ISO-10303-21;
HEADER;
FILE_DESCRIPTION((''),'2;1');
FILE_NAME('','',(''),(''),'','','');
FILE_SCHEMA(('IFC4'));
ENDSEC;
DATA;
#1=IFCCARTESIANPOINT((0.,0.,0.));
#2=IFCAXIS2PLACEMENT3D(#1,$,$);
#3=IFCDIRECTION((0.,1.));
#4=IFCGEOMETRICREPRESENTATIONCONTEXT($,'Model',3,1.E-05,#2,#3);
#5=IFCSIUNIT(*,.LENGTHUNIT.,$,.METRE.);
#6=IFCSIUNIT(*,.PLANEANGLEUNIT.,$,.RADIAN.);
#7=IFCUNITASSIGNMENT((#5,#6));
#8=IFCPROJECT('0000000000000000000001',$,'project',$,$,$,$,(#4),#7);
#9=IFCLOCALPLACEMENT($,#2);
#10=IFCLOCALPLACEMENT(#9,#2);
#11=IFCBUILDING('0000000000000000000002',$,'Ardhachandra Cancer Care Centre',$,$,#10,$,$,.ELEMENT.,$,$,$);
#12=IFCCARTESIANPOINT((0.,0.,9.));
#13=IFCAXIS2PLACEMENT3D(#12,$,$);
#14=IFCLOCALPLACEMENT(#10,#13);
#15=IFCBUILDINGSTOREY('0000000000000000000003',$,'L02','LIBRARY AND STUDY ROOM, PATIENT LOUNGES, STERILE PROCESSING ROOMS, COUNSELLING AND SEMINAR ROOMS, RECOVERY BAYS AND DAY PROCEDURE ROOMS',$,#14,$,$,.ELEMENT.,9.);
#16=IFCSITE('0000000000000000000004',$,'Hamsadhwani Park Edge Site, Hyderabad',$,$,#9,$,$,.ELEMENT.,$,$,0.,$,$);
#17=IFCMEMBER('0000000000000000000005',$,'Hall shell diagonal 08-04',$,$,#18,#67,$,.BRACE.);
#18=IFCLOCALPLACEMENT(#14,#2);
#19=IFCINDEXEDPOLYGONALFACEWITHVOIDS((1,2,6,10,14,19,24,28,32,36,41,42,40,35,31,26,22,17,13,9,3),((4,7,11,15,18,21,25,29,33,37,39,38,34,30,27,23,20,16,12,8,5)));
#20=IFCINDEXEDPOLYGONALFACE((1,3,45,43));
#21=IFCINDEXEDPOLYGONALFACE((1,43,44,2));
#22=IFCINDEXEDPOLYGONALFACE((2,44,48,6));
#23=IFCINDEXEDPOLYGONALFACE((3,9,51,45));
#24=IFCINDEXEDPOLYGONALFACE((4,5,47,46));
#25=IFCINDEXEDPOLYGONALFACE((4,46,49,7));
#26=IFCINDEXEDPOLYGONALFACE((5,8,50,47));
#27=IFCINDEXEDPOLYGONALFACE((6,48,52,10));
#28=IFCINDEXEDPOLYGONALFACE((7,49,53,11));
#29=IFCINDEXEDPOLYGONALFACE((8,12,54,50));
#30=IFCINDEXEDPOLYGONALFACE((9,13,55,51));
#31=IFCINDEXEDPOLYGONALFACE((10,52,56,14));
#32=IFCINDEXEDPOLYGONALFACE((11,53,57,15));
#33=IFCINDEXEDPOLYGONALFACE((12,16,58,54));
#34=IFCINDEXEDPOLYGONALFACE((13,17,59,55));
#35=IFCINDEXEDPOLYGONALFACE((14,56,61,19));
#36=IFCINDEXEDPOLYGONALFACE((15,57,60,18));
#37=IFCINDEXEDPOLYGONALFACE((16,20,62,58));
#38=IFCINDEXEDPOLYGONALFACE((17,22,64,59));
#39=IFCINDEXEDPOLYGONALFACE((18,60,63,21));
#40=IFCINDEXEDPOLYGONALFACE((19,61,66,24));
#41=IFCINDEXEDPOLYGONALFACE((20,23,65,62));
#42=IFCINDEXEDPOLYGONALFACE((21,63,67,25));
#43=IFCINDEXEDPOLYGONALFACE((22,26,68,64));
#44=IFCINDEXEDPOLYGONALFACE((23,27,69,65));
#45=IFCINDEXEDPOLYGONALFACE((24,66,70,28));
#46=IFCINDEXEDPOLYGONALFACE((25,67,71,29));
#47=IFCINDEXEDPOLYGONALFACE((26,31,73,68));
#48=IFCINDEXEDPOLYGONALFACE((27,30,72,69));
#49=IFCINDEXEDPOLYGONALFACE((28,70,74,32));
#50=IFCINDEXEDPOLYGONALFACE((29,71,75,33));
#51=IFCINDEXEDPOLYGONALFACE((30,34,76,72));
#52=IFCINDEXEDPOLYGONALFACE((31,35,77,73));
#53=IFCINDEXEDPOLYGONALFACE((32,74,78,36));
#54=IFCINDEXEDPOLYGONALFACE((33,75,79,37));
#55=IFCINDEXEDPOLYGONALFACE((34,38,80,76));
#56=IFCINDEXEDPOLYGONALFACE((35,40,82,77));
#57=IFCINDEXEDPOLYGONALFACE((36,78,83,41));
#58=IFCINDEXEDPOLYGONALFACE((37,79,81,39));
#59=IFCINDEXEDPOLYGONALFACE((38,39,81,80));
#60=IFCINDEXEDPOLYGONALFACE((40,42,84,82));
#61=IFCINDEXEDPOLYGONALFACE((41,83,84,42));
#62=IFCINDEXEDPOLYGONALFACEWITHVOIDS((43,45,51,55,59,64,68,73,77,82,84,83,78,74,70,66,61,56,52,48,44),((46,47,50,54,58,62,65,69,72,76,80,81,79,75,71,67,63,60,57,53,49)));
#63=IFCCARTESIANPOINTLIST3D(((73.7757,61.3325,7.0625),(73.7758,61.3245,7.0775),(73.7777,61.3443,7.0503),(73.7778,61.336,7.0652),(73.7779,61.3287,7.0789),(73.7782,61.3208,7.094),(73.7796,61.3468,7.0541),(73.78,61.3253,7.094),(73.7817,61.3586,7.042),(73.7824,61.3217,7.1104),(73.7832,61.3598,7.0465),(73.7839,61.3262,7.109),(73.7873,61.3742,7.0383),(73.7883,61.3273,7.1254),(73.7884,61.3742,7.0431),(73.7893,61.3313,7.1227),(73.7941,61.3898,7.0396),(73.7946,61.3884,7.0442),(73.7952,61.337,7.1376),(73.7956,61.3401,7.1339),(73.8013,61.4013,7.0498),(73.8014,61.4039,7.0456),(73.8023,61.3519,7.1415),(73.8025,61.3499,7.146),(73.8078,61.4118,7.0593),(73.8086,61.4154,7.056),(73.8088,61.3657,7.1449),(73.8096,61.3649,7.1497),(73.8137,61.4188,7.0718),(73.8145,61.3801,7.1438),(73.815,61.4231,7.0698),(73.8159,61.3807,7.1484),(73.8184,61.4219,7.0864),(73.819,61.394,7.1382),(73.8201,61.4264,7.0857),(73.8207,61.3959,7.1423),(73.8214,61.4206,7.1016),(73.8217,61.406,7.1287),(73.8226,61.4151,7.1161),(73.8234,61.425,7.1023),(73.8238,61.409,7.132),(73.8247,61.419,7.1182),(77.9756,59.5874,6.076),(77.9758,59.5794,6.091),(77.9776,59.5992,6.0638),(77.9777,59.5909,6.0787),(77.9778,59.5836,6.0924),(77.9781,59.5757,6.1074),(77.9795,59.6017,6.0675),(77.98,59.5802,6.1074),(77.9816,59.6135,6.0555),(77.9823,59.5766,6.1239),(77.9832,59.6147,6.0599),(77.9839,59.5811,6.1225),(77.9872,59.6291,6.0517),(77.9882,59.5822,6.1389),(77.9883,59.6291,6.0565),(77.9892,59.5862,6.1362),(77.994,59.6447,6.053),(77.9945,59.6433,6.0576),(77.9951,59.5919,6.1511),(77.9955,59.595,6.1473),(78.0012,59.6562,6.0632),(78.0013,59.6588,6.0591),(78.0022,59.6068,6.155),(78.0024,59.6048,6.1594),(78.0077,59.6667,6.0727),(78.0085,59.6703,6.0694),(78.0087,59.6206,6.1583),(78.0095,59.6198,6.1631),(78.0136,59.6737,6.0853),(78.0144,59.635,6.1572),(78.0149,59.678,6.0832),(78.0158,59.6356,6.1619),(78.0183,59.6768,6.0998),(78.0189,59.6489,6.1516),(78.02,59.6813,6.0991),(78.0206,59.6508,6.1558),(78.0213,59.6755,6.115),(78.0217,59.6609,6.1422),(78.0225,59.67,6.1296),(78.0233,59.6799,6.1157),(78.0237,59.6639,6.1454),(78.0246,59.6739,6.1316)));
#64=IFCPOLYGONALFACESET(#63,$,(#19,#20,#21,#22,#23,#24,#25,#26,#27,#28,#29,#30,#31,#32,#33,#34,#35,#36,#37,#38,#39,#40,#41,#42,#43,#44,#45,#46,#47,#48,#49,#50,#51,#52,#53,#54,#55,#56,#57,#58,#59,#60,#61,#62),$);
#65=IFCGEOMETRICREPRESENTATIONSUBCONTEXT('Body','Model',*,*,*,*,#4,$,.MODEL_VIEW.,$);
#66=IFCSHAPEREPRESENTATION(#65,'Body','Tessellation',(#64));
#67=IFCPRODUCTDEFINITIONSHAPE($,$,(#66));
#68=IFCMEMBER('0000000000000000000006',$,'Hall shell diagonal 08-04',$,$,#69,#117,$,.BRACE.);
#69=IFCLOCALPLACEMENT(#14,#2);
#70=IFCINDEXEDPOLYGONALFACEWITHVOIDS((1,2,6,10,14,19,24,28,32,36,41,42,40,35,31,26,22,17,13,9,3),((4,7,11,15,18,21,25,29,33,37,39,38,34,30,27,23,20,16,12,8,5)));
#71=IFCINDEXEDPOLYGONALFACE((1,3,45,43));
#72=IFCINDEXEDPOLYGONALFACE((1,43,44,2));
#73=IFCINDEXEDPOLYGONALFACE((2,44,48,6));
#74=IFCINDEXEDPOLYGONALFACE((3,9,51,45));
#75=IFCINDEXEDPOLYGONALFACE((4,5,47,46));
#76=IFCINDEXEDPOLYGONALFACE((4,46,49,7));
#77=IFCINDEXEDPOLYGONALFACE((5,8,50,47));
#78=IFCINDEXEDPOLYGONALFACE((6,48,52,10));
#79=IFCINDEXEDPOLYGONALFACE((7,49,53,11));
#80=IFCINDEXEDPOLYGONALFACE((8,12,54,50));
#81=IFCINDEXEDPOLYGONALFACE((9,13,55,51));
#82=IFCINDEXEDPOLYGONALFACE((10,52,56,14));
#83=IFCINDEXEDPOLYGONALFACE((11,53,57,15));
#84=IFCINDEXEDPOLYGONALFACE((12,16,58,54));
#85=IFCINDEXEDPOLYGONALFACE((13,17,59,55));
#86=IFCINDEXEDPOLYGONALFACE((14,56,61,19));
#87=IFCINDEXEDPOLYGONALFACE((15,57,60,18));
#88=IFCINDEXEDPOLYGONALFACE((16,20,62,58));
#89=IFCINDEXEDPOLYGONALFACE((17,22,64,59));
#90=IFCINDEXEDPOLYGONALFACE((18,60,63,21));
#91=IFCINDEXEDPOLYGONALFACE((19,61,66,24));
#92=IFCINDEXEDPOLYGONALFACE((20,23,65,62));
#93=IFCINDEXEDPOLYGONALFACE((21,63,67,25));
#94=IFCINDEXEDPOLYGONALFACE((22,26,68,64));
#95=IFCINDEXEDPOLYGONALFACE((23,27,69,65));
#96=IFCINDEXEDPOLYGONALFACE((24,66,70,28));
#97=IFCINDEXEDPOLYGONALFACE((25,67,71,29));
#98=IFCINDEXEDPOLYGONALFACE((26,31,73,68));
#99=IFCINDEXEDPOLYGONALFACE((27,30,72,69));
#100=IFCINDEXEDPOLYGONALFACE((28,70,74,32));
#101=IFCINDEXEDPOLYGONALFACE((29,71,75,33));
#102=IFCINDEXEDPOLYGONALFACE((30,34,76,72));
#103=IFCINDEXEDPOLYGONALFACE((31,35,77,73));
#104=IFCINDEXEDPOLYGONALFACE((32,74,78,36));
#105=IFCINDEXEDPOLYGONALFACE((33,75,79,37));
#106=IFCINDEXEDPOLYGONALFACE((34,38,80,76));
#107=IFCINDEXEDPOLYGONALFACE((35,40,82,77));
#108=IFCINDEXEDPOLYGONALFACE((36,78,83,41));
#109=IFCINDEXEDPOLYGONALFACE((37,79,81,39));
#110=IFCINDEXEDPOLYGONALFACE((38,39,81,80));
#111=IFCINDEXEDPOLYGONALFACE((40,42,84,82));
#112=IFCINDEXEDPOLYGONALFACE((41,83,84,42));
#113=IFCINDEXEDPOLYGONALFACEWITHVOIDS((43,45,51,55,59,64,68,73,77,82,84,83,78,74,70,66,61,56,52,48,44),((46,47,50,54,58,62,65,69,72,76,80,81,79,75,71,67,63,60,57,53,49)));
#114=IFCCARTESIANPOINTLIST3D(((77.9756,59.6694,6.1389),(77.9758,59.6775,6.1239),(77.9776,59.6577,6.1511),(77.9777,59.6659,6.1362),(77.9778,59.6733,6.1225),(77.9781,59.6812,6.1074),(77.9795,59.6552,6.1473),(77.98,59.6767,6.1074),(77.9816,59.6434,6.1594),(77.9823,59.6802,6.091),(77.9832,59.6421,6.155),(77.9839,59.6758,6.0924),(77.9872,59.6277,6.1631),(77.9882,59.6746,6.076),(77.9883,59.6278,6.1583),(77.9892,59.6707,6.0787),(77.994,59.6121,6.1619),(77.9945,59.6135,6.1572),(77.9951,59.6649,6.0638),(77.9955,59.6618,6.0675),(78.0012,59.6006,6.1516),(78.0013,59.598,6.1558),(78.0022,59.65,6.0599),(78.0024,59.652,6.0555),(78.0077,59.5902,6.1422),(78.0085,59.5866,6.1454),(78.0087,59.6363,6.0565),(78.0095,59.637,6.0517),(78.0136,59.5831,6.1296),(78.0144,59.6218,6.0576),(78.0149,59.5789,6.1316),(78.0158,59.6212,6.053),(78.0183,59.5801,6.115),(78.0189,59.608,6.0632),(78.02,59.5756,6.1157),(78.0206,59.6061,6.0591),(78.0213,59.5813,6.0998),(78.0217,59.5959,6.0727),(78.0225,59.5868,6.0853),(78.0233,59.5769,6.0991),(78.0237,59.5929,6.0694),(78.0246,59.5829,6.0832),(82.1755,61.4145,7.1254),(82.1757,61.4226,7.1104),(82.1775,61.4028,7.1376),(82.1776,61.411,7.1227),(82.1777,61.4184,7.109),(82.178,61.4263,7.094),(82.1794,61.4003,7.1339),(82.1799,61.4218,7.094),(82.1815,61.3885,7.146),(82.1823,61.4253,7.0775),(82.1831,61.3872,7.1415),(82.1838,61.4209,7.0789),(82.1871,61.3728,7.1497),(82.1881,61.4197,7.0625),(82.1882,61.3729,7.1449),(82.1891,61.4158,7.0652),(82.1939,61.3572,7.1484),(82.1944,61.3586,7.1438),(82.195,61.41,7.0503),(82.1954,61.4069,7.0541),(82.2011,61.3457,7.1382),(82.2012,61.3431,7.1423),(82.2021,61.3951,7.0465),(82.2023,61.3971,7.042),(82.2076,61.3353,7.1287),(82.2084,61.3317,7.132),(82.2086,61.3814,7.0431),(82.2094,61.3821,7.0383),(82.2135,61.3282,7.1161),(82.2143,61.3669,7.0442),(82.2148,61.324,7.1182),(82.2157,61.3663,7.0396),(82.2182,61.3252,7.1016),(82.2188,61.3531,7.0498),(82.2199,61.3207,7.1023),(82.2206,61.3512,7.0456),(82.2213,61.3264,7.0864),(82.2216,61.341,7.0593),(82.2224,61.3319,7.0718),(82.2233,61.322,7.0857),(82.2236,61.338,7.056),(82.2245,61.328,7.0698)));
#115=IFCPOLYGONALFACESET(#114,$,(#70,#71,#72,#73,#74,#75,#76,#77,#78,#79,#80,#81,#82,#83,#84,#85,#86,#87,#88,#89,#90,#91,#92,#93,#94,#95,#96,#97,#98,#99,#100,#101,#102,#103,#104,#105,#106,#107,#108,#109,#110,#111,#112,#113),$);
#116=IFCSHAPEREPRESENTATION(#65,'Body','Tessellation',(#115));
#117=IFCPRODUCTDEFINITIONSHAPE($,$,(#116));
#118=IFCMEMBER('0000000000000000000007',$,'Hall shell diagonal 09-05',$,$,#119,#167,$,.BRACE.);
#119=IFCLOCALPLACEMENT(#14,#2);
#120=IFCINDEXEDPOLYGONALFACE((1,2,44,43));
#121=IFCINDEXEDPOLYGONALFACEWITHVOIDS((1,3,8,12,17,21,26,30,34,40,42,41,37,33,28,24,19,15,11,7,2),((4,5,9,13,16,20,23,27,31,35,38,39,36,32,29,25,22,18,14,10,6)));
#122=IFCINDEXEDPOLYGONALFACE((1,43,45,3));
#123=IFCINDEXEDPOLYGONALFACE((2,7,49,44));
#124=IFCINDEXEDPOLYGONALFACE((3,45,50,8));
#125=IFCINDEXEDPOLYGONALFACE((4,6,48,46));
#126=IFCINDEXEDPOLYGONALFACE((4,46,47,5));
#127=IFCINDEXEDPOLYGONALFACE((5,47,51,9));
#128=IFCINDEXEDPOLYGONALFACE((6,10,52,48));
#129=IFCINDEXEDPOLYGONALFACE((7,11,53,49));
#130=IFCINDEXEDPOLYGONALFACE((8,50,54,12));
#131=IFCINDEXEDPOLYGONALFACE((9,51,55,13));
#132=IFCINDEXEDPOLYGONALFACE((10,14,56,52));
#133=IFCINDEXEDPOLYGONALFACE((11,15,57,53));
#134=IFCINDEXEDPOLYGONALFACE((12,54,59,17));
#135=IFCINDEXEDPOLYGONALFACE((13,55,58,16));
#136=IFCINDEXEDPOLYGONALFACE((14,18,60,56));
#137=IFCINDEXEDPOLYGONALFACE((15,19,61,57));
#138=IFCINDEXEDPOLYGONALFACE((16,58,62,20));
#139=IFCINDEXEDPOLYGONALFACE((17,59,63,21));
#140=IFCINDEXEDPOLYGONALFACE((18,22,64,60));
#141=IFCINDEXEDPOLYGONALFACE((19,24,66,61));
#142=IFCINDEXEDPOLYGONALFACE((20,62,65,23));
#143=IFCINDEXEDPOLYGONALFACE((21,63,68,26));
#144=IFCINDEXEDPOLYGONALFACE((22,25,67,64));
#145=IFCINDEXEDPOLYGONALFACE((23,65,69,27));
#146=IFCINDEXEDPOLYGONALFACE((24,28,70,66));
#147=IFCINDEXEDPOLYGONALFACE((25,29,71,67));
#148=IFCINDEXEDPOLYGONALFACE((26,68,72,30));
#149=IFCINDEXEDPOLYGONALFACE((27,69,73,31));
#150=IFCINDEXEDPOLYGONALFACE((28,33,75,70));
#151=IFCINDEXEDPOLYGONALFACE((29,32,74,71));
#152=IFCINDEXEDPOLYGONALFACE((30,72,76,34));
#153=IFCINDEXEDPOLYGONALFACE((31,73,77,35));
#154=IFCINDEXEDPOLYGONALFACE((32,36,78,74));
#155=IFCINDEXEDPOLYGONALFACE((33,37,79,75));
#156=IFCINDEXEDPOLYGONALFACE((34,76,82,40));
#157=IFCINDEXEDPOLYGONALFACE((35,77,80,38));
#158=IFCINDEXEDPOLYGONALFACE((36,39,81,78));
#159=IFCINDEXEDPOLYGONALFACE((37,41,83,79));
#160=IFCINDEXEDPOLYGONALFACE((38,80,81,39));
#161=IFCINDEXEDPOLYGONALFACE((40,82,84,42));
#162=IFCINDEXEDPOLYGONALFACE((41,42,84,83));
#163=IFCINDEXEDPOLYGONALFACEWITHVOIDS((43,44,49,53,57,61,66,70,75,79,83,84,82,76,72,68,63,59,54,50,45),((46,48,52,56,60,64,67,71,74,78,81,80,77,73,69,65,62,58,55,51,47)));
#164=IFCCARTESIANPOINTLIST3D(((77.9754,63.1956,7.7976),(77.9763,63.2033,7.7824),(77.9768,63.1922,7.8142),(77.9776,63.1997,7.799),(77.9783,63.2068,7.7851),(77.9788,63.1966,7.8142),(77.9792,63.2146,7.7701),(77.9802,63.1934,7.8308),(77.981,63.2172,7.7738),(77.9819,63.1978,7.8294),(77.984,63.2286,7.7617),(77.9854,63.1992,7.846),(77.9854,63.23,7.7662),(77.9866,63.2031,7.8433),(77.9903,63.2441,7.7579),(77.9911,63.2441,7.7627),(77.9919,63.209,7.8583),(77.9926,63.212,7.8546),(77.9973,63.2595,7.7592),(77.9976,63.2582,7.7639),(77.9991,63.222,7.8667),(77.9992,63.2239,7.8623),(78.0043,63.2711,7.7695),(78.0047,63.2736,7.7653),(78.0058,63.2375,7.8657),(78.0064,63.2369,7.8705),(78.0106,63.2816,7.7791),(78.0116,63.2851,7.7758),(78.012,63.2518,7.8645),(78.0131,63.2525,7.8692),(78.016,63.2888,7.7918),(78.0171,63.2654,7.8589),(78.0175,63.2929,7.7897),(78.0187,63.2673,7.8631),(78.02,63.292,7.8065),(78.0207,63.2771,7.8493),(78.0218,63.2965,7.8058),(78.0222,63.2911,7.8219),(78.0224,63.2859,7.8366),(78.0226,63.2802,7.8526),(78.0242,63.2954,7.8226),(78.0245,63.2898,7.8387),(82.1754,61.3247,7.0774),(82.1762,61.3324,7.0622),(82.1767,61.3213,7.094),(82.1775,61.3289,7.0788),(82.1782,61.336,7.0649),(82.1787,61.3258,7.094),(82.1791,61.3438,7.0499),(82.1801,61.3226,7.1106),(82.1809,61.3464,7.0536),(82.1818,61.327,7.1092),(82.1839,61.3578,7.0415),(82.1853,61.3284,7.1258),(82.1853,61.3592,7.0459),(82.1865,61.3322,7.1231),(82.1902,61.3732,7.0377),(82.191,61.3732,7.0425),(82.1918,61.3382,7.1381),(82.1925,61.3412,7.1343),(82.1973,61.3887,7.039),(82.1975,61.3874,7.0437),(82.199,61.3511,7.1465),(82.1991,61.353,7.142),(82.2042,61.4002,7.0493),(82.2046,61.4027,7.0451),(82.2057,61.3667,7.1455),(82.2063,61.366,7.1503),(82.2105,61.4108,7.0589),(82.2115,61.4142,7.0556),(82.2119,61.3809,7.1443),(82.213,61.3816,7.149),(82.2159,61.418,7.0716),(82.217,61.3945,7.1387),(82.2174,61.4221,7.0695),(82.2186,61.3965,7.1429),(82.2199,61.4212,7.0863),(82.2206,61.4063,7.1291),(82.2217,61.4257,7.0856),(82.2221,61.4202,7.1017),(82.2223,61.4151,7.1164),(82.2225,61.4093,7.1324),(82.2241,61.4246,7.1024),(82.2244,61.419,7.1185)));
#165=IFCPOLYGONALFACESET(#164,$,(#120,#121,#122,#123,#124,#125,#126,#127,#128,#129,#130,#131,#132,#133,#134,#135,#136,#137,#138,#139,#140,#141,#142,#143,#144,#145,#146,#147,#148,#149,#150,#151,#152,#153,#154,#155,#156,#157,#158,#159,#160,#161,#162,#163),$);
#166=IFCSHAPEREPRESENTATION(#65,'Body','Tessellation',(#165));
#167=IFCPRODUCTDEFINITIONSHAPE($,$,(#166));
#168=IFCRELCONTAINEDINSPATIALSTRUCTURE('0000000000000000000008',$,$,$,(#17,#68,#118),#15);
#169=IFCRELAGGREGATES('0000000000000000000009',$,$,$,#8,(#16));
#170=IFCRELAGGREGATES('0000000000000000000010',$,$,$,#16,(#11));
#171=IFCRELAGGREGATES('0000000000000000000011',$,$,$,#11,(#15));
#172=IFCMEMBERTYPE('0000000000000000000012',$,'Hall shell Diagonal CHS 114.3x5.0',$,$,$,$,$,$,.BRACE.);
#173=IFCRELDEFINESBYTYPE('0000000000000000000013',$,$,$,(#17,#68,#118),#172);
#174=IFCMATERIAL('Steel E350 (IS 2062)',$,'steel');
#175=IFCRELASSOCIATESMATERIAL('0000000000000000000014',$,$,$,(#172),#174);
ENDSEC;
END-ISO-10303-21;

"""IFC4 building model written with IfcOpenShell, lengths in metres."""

from ifc_helpers import new_model, si_unit, direction, frame, origin, origin_2d, place, context, subcontext, project, spatial, hollow_circle, extrude, material, material_profile, profile_set, type_object, element, save


model = new_model("IFC4")

# Units and contexts
model_context = context("Model", 3, precision=1e-05, world=origin(), true_north=direction((0.0, 1.0)))
body_context = subcontext(model_context, "Body", "Model", "MODEL_VIEW")
ifc_project = project(units=[si_unit("LENGTHUNIT", "METRE"), si_unit("PLANEANGLEUNIT", "RADIAN")], contexts=[model_context])

# Site, building, storey
site_placement = place(None, origin())
site = spatial("IfcSite", under=ifc_project, at=site_placement, Name="Hamsadhwani Park Edge Site, Hyderabad", CompositionType="ELEMENT", RefElevation=0.0)
building_placement = place(site_placement, origin())
building = spatial("IfcBuilding", under=site, at=building_placement, Name="Ardhachandra Cancer Care Centre", CompositionType="ELEMENT")
storey_placement = place(building_placement, frame((0.0, 0.0, 9.0)))
storey = spatial("IfcBuildingStorey", under=building, at=storey_placement, Name="L02", Description="LIBRARY AND STUDY ROOM, PATIENT LOUNGES, STERILE PROCESSING ROOMS, COUNSELLING AND SEMINAR ROOMS, RECOVERY BAYS AND DAY PROCEDURE ROOMS", CompositionType="ELEMENT", Elevation=9.0)

# Members
ifc_material_1 = material(Name="Steel E350 (IS 2062)", Category="steel")
ifc_material_profile_1 = material_profile(ifc_material_1, hollow_circle(Radius=0.0571, WallThickness=0.0049, at=origin_2d()), Name="CHS 114.3x5.0")
ifc_profile_set_1 = profile_set([ifc_material_profile_1], Name="Steel E350 (IS 2062)")
member_type_1 = type_object("IfcMemberType", Name="Hall shell Diagonal CHS 114.3x5.0", PredefinedType="BRACE", material=ifc_profile_set_1)
for number, where, z_axis, x_axis, name in (
    (1, (78.0, 59.6284, 6.1074), (-0.902467, 0.374983, 0.21199), (-0.383704, -0.923456, 0.0), "Hall shell diagonal 08-04"),
    (2, (78.0, 59.6284, 6.1074), (0.902467, 0.374983, 0.21199), (-0.383704, 0.923456, 0.0), "Hall shell diagonal 08-04"),
    (3, (82.2, 61.3735, 7.094), (-0.902467, 0.402, 0.154757), (-0.406902, -0.913472, 0.0), "Hall shell diagonal 09-05"),
):
    element("IfcMember", number, at=place(storey_placement, frame(where, z_axis=z_axis, x_axis=x_axis)), inside=storey, type_object=member_type_1, Name=name, PredefinedType="BRACE", context=body_context, shape_type="SweptSolid", body=[
        extrude(hollow_circle(Radius=0.0571, WallThickness=0.0049, at=origin_2d()), origin(), (0.0, 0.0, 1.0), 4.6538),
    ])

save(model, "model.ifc")
